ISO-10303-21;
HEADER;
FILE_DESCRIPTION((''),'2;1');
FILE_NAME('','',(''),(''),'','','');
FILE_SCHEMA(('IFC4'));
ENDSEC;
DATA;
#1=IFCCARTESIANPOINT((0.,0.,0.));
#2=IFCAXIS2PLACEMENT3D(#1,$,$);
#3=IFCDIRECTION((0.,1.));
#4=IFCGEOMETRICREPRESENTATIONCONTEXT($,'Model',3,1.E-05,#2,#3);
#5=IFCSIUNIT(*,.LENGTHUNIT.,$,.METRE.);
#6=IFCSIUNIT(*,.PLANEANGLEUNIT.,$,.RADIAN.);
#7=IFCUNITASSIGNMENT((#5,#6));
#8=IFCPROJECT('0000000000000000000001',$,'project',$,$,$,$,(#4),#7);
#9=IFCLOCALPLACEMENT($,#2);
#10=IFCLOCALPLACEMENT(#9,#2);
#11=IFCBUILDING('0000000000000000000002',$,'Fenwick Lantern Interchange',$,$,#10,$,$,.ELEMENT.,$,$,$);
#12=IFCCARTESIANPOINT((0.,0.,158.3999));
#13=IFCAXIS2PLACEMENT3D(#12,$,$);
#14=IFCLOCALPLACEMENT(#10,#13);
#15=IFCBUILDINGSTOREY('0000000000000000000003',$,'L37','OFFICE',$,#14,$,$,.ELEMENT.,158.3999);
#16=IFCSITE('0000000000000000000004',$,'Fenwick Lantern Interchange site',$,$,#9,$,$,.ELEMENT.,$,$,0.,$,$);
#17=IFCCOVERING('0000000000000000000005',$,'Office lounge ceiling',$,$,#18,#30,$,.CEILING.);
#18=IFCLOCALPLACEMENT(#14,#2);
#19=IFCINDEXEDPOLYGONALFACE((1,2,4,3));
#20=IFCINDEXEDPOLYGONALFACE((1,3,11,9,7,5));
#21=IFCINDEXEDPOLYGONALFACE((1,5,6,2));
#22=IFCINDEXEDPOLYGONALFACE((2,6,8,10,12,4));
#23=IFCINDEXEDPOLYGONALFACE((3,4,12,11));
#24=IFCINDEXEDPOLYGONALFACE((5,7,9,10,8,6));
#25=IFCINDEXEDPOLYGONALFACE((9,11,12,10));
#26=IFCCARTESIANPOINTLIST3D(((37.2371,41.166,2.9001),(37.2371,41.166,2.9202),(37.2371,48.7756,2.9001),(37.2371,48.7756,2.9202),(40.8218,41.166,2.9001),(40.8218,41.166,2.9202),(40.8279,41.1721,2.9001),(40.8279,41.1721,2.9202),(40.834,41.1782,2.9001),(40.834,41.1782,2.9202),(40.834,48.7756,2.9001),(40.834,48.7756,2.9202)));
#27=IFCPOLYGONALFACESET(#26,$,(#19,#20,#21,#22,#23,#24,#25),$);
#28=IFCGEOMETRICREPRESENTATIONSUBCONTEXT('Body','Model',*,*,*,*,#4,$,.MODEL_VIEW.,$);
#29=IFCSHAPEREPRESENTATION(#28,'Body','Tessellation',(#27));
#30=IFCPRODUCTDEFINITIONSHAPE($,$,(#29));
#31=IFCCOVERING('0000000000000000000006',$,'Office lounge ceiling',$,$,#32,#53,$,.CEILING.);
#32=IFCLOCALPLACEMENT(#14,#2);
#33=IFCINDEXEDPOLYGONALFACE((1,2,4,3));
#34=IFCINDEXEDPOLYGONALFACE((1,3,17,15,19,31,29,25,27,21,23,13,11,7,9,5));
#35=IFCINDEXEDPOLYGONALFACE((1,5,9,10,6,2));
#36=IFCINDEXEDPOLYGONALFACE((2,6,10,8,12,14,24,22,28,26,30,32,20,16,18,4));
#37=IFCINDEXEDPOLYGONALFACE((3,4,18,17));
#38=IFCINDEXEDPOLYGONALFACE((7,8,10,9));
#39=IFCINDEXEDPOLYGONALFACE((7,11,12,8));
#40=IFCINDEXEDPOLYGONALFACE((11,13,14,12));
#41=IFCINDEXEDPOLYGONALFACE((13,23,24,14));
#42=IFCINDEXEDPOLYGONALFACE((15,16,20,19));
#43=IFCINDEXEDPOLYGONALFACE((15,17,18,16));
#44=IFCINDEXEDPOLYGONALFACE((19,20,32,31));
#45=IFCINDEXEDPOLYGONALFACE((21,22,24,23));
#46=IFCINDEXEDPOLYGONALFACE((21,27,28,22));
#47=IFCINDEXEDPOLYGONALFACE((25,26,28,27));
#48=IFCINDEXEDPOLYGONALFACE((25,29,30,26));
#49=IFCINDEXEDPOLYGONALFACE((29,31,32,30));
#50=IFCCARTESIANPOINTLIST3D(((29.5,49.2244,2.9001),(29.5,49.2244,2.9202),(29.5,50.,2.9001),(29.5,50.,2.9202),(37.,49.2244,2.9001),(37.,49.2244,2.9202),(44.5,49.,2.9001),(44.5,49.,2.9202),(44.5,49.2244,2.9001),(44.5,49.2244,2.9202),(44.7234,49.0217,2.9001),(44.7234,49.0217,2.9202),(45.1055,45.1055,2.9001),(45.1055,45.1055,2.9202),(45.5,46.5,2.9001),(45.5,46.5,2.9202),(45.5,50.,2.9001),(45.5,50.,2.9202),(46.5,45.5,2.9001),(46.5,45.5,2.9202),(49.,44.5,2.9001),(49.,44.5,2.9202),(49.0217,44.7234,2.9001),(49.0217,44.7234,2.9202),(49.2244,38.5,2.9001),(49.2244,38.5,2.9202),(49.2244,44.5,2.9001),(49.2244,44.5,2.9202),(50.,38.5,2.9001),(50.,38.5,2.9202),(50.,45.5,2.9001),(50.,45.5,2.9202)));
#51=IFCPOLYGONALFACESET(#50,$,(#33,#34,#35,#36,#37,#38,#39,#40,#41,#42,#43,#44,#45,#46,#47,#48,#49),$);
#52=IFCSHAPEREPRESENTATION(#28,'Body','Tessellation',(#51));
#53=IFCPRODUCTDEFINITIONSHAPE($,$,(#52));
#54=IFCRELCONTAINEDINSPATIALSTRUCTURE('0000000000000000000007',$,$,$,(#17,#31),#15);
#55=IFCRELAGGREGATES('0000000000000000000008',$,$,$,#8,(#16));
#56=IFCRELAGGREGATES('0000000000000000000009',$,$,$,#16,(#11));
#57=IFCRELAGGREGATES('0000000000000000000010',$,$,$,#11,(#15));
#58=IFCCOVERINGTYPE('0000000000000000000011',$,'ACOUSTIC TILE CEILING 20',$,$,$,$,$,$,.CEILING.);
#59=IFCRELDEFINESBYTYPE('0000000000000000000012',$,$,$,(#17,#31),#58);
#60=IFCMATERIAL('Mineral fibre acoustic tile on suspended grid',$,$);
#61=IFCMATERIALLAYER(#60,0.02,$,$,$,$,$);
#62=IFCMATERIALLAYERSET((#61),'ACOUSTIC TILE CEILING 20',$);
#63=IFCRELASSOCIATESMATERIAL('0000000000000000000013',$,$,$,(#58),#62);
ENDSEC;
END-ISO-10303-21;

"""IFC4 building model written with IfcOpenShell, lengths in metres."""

from ifc_helpers import new_model, si_unit, direction, frame, origin, place, context, subcontext, project, spatial, polyline, outline, extrude, material, layer, layer_set, type_object, element, save


model = new_model("IFC4")

# Units and contexts
model_context = context("Model", 3, precision=1e-05, world=origin(), true_north=direction((0.0, 1.0)))
body_context = subcontext(model_context, "Body", "Model", "MODEL_VIEW")
ifc_project = project(units=[si_unit("LENGTHUNIT", "METRE"), si_unit("PLANEANGLEUNIT", "RADIAN")], contexts=[model_context])

# Site, building, storey
site_placement = place(None, origin())
site = spatial("IfcSite", under=ifc_project, at=site_placement, Name="Fenwick Lantern Interchange site", CompositionType="ELEMENT", RefElevation=0.0)
building_placement = place(site_placement, origin())
building = spatial("IfcBuilding", under=site, at=building_placement, Name="Fenwick Lantern Interchange", CompositionType="ELEMENT")
storey_placement = place(building_placement, frame((0.0, 0.0, 158.3999)))
storey = spatial("IfcBuildingStorey", under=building, at=storey_placement, Name="L37", Description="OFFICE", CompositionType="ELEMENT", Elevation=158.3999)

# Coverings
ifc_material = material(Name="Mineral fibre acoustic tile on suspended grid")
ifc_layer = layer(ifc_material, 0.02)
ifc_layer_set = layer_set([ifc_layer], Name="ACOUSTIC TILE CEILING 20")
covering_type = type_object("IfcCoveringType", Name="ACOUSTIC TILE CEILING 20", PredefinedType="CEILING", material=ifc_layer_set)
covering_1_placement = place(storey_placement, frame((0.0, 0.0, 2.9001)))
element("IfcCovering", 1, at=covering_1_placement, inside=storey, type_object=covering_type, Name="Office lounge ceiling", PredefinedType="CEILING", context=body_context, shape_type="SweptSolid", body=[
    extrude(outline(polyline([(40.834, 48.7756), (37.2371, 48.7756), (37.2371, 41.166), (40.8218, 41.166), (40.8279, 41.1721), (40.834, 41.1782), (40.834, 48.7756)])), origin(), (0.0, 0.0, 1.0), 0.02),
])
covering_2_placement = place(storey_placement, frame((0.0, 0.0, 2.9001)))
element("IfcCovering", 2, at=covering_2_placement, inside=storey, type_object=covering_type, Name="Office lounge ceiling", PredefinedType="CEILING", context=body_context, shape_type="SweptSolid", body=[
    extrude(outline(polyline([(29.5, 50.0), (29.5, 49.2244), (37.0, 49.2244), (44.5, 49.2244), (44.5, 49.0), (44.7234, 49.0217), (45.1055, 45.1055), (49.0217, 44.7234), (49.0, 44.5), (49.2244, 44.5), (49.2244, 38.5), (50.0, 38.5), (50.0, 45.5), (46.5, 45.5), (45.5, 46.5), (45.5, 50.0), (29.5, 50.0)])), origin(), (0.0, 0.0, 1.0), 0.02),
])

save(model, "model.ifc")
